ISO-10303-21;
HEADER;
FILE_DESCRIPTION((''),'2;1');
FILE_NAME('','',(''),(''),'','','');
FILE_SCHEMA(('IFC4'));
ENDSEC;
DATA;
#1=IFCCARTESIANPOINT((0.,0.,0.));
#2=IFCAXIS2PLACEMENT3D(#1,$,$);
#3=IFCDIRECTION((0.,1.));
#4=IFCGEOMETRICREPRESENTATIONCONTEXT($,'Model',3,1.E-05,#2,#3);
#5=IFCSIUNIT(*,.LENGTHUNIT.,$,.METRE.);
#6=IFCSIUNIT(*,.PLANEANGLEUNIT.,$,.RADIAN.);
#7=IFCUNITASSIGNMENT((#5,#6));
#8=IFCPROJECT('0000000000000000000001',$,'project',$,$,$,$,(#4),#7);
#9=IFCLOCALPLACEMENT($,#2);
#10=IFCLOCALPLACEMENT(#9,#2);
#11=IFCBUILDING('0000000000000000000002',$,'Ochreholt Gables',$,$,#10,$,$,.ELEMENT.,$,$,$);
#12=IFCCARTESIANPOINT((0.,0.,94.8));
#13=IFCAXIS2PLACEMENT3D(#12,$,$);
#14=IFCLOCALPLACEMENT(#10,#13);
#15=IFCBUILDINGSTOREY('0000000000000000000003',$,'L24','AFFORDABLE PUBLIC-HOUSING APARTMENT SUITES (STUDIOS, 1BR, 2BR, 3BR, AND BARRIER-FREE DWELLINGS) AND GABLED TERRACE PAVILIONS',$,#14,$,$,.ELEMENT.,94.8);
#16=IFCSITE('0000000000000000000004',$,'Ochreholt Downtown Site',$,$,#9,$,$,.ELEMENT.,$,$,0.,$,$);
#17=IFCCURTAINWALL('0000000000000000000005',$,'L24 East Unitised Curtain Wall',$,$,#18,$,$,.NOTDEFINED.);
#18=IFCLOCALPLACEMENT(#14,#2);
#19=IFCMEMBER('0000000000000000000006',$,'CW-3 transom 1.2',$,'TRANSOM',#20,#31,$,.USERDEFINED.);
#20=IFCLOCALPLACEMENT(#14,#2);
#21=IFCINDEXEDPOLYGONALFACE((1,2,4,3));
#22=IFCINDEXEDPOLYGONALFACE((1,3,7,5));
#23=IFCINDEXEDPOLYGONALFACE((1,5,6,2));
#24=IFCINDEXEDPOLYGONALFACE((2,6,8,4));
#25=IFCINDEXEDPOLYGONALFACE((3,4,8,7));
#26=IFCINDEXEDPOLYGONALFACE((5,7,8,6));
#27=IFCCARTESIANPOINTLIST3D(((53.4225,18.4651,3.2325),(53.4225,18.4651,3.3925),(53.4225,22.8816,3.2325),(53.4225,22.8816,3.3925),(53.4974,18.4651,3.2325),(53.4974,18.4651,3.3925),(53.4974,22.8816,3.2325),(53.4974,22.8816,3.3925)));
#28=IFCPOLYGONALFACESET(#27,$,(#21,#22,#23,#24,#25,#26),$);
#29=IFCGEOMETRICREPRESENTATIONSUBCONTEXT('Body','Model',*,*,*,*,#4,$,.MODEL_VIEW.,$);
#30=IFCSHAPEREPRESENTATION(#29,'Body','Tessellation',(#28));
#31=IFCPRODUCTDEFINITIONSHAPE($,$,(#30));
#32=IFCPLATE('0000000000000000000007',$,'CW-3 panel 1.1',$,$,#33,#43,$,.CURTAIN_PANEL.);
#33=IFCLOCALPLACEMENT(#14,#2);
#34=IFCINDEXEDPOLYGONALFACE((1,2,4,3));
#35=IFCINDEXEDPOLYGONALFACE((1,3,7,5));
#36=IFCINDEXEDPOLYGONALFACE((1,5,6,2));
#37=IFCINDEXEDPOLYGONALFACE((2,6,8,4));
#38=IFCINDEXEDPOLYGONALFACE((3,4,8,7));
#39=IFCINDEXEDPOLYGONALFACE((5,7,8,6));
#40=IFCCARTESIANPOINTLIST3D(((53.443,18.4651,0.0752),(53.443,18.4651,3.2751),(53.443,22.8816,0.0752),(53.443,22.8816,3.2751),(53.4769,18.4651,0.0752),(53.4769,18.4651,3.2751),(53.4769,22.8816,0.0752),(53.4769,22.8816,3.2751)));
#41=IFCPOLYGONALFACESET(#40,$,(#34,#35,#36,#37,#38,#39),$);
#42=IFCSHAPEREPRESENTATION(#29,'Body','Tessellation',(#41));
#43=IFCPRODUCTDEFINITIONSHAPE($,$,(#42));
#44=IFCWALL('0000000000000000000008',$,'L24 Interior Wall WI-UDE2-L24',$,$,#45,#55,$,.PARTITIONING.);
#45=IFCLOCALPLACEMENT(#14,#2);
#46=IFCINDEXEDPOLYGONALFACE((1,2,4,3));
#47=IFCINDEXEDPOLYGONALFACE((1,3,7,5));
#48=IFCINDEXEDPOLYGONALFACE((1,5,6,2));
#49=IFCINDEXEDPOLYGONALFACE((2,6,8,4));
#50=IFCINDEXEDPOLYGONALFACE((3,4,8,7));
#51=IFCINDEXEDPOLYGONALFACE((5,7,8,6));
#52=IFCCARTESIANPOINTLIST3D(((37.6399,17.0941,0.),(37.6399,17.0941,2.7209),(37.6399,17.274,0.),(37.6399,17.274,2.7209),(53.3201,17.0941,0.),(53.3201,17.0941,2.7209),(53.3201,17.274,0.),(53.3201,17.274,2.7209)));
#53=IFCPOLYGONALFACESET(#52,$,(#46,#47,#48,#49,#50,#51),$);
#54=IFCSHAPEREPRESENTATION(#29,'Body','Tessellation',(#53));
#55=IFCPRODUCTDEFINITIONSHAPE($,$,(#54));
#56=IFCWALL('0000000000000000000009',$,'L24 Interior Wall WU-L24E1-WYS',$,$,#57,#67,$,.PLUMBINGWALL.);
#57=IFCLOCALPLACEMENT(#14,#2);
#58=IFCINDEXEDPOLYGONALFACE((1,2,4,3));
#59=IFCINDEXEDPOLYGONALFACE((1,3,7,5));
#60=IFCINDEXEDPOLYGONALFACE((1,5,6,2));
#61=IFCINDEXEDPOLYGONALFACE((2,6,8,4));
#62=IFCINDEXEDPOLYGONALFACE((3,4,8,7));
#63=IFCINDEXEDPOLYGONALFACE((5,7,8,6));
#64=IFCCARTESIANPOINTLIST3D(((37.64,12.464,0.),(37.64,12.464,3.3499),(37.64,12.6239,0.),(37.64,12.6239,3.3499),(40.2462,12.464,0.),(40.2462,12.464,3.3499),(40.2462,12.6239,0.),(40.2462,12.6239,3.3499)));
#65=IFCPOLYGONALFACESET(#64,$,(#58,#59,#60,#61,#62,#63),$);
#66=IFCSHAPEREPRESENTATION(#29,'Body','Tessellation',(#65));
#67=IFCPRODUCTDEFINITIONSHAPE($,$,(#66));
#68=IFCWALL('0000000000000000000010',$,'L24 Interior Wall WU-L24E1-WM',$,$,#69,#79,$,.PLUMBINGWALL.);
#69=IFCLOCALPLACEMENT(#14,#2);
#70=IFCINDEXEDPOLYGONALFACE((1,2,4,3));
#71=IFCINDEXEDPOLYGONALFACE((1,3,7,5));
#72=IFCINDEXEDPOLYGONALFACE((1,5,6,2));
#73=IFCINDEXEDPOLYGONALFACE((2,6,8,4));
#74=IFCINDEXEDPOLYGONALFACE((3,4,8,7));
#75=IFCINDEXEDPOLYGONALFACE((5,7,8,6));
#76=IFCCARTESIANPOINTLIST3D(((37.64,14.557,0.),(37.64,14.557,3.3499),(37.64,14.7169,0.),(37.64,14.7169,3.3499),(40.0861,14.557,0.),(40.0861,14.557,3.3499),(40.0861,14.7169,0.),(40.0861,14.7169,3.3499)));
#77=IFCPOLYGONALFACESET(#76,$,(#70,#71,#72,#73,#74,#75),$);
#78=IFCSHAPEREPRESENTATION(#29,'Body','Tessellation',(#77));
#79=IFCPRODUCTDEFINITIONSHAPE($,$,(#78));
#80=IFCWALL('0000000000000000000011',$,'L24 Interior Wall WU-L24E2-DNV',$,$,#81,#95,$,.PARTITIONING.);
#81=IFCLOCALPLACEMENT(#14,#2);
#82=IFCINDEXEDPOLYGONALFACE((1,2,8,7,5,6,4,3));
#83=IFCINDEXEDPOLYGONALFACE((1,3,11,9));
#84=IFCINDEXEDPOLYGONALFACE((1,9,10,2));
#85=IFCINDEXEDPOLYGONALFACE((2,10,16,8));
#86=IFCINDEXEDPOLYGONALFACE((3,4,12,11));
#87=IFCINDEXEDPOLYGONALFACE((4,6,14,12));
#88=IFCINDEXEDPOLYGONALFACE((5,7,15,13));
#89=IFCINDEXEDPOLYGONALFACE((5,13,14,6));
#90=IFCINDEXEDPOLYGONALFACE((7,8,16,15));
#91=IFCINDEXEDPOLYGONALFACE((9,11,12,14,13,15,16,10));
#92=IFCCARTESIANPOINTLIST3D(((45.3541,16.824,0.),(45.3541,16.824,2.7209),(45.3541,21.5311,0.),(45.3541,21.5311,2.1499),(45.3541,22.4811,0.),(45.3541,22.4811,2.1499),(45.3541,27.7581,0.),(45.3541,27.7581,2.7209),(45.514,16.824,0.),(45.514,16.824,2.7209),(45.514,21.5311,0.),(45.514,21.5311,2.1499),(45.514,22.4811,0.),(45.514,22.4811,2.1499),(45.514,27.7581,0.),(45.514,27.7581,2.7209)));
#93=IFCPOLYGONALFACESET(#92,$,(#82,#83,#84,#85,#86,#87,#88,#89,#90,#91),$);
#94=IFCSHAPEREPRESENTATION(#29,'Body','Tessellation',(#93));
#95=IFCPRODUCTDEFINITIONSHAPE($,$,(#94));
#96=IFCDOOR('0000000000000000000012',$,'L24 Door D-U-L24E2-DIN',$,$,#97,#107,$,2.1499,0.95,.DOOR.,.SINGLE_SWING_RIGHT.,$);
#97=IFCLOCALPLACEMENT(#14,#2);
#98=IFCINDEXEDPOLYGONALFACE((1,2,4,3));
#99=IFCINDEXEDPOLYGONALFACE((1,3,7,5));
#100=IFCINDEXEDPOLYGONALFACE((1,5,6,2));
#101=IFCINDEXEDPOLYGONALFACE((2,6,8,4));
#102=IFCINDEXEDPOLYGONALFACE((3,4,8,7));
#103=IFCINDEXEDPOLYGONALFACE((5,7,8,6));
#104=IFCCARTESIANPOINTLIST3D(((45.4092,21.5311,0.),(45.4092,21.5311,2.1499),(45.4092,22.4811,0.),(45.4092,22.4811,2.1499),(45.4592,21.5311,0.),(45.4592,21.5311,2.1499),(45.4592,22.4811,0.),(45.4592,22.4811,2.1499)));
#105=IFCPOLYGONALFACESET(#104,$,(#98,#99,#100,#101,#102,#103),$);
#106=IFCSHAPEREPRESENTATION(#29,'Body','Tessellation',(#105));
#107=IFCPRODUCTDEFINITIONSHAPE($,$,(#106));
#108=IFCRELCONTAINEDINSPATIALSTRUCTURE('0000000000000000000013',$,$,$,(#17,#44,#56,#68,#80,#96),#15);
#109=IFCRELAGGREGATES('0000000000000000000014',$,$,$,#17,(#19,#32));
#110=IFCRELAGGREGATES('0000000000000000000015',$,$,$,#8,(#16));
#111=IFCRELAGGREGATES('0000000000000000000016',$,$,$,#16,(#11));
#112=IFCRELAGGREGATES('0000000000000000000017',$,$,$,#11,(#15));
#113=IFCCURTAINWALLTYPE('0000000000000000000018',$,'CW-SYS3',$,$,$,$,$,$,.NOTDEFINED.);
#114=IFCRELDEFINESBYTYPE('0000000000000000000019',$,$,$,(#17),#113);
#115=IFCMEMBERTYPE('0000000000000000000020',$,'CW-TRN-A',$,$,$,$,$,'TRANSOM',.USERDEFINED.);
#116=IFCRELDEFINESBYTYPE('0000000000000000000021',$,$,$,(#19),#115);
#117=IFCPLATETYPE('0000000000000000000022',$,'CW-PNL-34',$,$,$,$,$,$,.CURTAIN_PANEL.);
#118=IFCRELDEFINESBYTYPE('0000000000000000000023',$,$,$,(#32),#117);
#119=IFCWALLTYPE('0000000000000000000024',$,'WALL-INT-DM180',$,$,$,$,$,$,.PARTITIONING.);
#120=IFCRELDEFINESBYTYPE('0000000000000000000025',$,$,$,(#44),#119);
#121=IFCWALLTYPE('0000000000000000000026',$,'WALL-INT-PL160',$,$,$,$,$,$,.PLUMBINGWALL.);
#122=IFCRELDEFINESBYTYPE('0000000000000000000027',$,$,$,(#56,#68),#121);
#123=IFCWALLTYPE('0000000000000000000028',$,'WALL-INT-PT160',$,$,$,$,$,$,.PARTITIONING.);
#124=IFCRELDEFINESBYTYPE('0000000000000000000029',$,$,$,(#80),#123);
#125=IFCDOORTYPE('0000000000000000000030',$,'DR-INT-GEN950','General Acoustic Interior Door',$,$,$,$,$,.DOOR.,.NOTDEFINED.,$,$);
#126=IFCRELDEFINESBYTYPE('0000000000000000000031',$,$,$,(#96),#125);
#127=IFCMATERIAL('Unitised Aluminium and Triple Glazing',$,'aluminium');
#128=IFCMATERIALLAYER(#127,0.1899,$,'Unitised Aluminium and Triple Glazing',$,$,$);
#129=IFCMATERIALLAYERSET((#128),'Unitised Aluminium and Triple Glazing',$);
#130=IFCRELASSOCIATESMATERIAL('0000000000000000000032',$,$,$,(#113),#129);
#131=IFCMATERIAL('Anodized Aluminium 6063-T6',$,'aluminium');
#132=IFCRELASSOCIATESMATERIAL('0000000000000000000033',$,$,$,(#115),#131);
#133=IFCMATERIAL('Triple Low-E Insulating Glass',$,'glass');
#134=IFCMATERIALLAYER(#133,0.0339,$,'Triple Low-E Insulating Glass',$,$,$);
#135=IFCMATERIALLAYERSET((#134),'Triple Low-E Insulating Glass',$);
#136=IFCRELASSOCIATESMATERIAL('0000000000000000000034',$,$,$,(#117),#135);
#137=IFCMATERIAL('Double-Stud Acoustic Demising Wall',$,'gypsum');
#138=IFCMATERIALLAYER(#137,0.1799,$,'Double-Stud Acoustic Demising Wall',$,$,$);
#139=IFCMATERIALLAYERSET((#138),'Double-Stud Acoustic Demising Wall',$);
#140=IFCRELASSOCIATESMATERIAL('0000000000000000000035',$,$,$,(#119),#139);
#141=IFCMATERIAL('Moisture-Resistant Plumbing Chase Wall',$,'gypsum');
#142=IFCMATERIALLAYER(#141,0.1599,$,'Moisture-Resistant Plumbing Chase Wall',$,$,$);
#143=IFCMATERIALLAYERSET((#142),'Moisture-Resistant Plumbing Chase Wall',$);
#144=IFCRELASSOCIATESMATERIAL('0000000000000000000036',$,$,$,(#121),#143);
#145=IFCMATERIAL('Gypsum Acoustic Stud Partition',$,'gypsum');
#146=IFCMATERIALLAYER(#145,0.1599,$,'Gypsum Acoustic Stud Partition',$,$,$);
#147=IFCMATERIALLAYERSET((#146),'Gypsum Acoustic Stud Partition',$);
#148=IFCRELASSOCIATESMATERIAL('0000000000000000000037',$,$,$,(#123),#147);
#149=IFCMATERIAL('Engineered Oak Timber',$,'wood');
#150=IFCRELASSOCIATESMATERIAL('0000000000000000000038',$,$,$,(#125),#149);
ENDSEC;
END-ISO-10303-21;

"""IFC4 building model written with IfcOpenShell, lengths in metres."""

from ifc_helpers import new_model, si_unit, direction, frame, frame_2d, origin, origin_2d, place, context, subcontext, project, spatial, rectangle, extrude, material, layer, layer_set, material_profile, profile_set, type_object, element, fill, aggregate, save


model = new_model("IFC4")

# Units and contexts
model_context = context("Model", 3, precision=1e-05, world=origin(), true_north=direction((0.0, 1.0)))
body_context = subcontext(model_context, "Body", "Model", "MODEL_VIEW")
ifc_project = project(units=[si_unit("LENGTHUNIT", "METRE"), si_unit("PLANEANGLEUNIT", "RADIAN")], contexts=[model_context])

# Site, building, storey
site_placement = place(None, origin())
site = spatial("IfcSite", under=ifc_project, at=site_placement, Name="Ochreholt Downtown Site", CompositionType="ELEMENT", RefElevation=0.0)
building_placement = place(site_placement, origin())
building = spatial("IfcBuilding", under=site, at=building_placement, Name="Ochreholt Gables", CompositionType="ELEMENT")
storey_placement = place(building_placement, frame((0.0, 0.0, 94.8)))
storey = spatial("IfcBuildingStorey", under=building, at=storey_placement, Name="L24", Description="AFFORDABLE PUBLIC-HOUSING APARTMENT SUITES (STUDIOS, 1BR, 2BR, 3BR, AND BARRIER-FREE DWELLINGS) AND GABLED TERRACE PAVILIONS", CompositionType="ELEMENT", Elevation=94.8)

# Curtain wall, member, plate
ifc_material_1 = material(Name="Unitised Aluminium and Triple Glazing", Category="aluminium")
ifc_layer_1 = layer(ifc_material_1, 0.1899, Name="Unitised Aluminium and Triple Glazing")
ifc_layer_set_1 = layer_set([ifc_layer_1], Name="Unitised Aluminium and Triple Glazing")
curtain_wall_type = type_object("IfcCurtainWallType", Name="CW-SYS3", PredefinedType="NOTDEFINED", material=ifc_layer_set_1)
curtain_wall_placement = place(storey_placement, origin())
curtain_wall = element("IfcCurtainWall", 1, at=curtain_wall_placement, inside=storey, type_object=curtain_wall_type, Name="L24 East Unitised Curtain Wall", PredefinedType="NOTDEFINED")
ifc_material_2 = material(Name="Anodized Aluminium 6063-T6", Category="aluminium")
ifc_material_profile_1 = material_profile(ifc_material_2, rectangle(XDim=0.075, YDim=0.1599, at=origin_2d()), Name="CWT75X160")
ifc_profile_set_1 = profile_set([ifc_material_profile_1], Name="Anodized Aluminium 6063-T6")
member_type_1 = type_object("IfcMemberType", Name="CW-TRN-A", ElementType="TRANSOM", PredefinedType="USERDEFINED", material=ifc_profile_set_1)
member_1_placement = place(storey_placement, frame((53.46, 18.4651, 3.3125), z_axis=(0.0, 1.0, 0.0), x_axis=(-1.0, 0.0, 0.0)))
member_1 = element("IfcMember", 2, at=member_1_placement, type_object=member_type_1, Name="CW-3 transom 1.2", ObjectType="TRANSOM", PredefinedType="USERDEFINED", context=body_context, shape_type="SweptSolid", body=[
    extrude(rectangle(XDim=0.075, YDim=0.1599, at=origin_2d()), origin(), (0.0, 0.0, 1.0), 4.4165),
])
ifc_material_3 = material(Name="Triple Low-E Insulating Glass", Category="glass")
ifc_layer_2 = layer(ifc_material_3, 0.0339, Name="Triple Low-E Insulating Glass")
ifc_layer_set_2 = layer_set([ifc_layer_2], Name="Triple Low-E Insulating Glass")
plate_type = type_object("IfcPlateType", Name="CW-PNL-34", PredefinedType="CURTAIN_PANEL", material=ifc_layer_set_2)
plate_placement = place(storey_placement, frame((53.46, 20.6733, 0.0752), z_axis=(0.0, 0.0, 1.0), x_axis=(0.0, 1.0, 0.0)))
plate = element("IfcPlate", 3, at=plate_placement, type_object=plate_type, Name="CW-3 panel 1.1", PredefinedType="CURTAIN_PANEL", context=body_context, shape_type="SweptSolid", body=[
    extrude(rectangle(XDim=4.4165, YDim=0.0339, at=origin_2d()), origin(), (0.0, 0.0, 1.0), 3.2),
])
aggregate(curtain_wall, [member_1, plate])

# Walls
ifc_material_4 = material(Name="Double-Stud Acoustic Demising Wall", Category="gypsum")
ifc_layer_3 = layer(ifc_material_4, 0.1799, Name="Double-Stud Acoustic Demising Wall")
ifc_layer_set_3 = layer_set([ifc_layer_3], Name="Double-Stud Acoustic Demising Wall")
wall_type_1 = type_object("IfcWallType", Name="WALL-INT-DM180", PredefinedType="PARTITIONING", material=ifc_layer_set_3)
wall_1_placement = place(storey_placement, frame((37.6399, 17.1841, 0.0), z_axis=(0.0, 0.0, 1.0), x_axis=(1.0, 0.0, 0.0)))
element("IfcWall", 4, at=wall_1_placement, inside=storey, type_object=wall_type_1, Name="L24 Interior Wall WI-UDE2-L24", PredefinedType="PARTITIONING", context=body_context, shape_type="SweptSolid", body=[
    extrude(rectangle(XDim=15.6802, YDim=0.1799, at=frame_2d((7.8401, 0.0))), origin(), (0.0, 0.0, 1.0), 2.7209),
])
ifc_material_5 = material(Name="Moisture-Resistant Plumbing Chase Wall", Category="gypsum")
ifc_layer_4 = layer(ifc_material_5, 0.1599, Name="Moisture-Resistant Plumbing Chase Wall")
ifc_layer_set_4 = layer_set([ifc_layer_4], Name="Moisture-Resistant Plumbing Chase Wall")
wall_type_2 = type_object("IfcWallType", Name="WALL-INT-PL160", PredefinedType="PLUMBINGWALL", material=ifc_layer_set_4)
wall_2_placement = place(storey_placement, frame((37.6399, 12.5439, 0.0), z_axis=(0.0, 0.0, 1.0), x_axis=(1.0, 0.0, 0.0)))
element("IfcWall", 5, at=wall_2_placement, inside=storey, type_object=wall_type_2, Name="L24 Interior Wall WU-L24E1-WYS", PredefinedType="PLUMBINGWALL", context=body_context, shape_type="SweptSolid", body=[
    extrude(rectangle(XDim=2.6062, YDim=0.1599, at=frame_2d((1.3032, 0.0))), origin(), (0.0, 0.0, 1.0), 3.3499),
])

# Shared definitions
ifc_material_6 = material(Name="Engineered Oak Timber", Category="wood")

# Wall
wall_3_placement = place(storey_placement, frame((37.6399, 14.637, 0.0), z_axis=(0.0, 0.0, 1.0), x_axis=(1.0, 0.0, 0.0)))
element("IfcWall", 6, at=wall_3_placement, inside=storey, type_object=wall_type_2, Name="L24 Interior Wall WU-L24E1-WM", PredefinedType="PLUMBINGWALL", context=body_context, shape_type="SweptSolid", body=[
    extrude(rectangle(XDim=2.446, YDim=0.1599, at=frame_2d((1.2231, 0.0))), origin(), (0.0, 0.0, 1.0), 3.3499),
])

# Wall, opening, door
ifc_material_7 = material(Name="Gypsum Acoustic Stud Partition", Category="gypsum")
ifc_layer_5 = layer(ifc_material_7, 0.1599, Name="Gypsum Acoustic Stud Partition")
ifc_layer_set_5 = layer_set([ifc_layer_5], Name="Gypsum Acoustic Stud Partition")
wall_type_3 = type_object("IfcWallType", Name="WALL-INT-PT160", PredefinedType="PARTITIONING", material=ifc_layer_set_5)
wall_4_placement = place(storey_placement, frame((45.4341, 16.824, 0.0), z_axis=(0.0, 0.0, 1.0), x_axis=(0.0, 1.0, 0.0)))
wall_4 = element("IfcWall", 7, at=wall_4_placement, inside=storey, type_object=wall_type_3, Name="L24 Interior Wall WU-L24E2-DNV", PredefinedType="PARTITIONING", context=body_context, shape_type="SweptSolid", body=[
    extrude(rectangle(XDim=10.9341, YDim=0.1599, at=frame_2d((5.467, 0.0))), origin(), (0.0, 0.0, 1.0), 2.7209),
])
opening_1_placement = place(wall_4_placement, frame((4.707, 0.0, 0.0)))
opening_1 = element("IfcOpeningElement", 8, at=opening_1_placement, cuts=wall_4, PredefinedType="OPENING", context=body_context, shape_type="SweptSolid", body=[
    extrude(rectangle(XDim=0.95, YDim=2.1499, at=frame_2d((0.4751, 1.075))), frame((0.0, 0.0898, 0.0), z_axis=(0.0, -1.0, 0.0), x_axis=(1.0, 0.0, 0.0)), (0.0, 0.0, 1.0), 0.1799),
])
door_type_1 = type_object("IfcDoorType", Name="DR-INT-GEN950", Description="General Acoustic Interior Door", OperationType="NOTDEFINED", PredefinedType="DOOR", material=ifc_material_6)
door_1_placement = place(opening_1_placement, origin())
door_1 = element("IfcDoor", 9, at=door_1_placement, inside=storey, type_object=door_type_1, Name="L24 Door D-U-L24E2-DIN", OperationType="SINGLE_SWING_RIGHT", OverallHeight=2.1499, OverallWidth=0.95, PredefinedType="DOOR", context=body_context, shape_type="SweptSolid", body=[
    extrude(rectangle(XDim=0.95, YDim=2.1499, at=frame_2d((0.4751, 1.075))), frame((0.0, 0.0249, 0.0), z_axis=(0.0, -1.0, 0.0), x_axis=(1.0, 0.0, 0.0)), (0.0, 0.0, 1.0), 0.05),
])
fill(opening_1, door_1)

save(model, "model.ifc")
